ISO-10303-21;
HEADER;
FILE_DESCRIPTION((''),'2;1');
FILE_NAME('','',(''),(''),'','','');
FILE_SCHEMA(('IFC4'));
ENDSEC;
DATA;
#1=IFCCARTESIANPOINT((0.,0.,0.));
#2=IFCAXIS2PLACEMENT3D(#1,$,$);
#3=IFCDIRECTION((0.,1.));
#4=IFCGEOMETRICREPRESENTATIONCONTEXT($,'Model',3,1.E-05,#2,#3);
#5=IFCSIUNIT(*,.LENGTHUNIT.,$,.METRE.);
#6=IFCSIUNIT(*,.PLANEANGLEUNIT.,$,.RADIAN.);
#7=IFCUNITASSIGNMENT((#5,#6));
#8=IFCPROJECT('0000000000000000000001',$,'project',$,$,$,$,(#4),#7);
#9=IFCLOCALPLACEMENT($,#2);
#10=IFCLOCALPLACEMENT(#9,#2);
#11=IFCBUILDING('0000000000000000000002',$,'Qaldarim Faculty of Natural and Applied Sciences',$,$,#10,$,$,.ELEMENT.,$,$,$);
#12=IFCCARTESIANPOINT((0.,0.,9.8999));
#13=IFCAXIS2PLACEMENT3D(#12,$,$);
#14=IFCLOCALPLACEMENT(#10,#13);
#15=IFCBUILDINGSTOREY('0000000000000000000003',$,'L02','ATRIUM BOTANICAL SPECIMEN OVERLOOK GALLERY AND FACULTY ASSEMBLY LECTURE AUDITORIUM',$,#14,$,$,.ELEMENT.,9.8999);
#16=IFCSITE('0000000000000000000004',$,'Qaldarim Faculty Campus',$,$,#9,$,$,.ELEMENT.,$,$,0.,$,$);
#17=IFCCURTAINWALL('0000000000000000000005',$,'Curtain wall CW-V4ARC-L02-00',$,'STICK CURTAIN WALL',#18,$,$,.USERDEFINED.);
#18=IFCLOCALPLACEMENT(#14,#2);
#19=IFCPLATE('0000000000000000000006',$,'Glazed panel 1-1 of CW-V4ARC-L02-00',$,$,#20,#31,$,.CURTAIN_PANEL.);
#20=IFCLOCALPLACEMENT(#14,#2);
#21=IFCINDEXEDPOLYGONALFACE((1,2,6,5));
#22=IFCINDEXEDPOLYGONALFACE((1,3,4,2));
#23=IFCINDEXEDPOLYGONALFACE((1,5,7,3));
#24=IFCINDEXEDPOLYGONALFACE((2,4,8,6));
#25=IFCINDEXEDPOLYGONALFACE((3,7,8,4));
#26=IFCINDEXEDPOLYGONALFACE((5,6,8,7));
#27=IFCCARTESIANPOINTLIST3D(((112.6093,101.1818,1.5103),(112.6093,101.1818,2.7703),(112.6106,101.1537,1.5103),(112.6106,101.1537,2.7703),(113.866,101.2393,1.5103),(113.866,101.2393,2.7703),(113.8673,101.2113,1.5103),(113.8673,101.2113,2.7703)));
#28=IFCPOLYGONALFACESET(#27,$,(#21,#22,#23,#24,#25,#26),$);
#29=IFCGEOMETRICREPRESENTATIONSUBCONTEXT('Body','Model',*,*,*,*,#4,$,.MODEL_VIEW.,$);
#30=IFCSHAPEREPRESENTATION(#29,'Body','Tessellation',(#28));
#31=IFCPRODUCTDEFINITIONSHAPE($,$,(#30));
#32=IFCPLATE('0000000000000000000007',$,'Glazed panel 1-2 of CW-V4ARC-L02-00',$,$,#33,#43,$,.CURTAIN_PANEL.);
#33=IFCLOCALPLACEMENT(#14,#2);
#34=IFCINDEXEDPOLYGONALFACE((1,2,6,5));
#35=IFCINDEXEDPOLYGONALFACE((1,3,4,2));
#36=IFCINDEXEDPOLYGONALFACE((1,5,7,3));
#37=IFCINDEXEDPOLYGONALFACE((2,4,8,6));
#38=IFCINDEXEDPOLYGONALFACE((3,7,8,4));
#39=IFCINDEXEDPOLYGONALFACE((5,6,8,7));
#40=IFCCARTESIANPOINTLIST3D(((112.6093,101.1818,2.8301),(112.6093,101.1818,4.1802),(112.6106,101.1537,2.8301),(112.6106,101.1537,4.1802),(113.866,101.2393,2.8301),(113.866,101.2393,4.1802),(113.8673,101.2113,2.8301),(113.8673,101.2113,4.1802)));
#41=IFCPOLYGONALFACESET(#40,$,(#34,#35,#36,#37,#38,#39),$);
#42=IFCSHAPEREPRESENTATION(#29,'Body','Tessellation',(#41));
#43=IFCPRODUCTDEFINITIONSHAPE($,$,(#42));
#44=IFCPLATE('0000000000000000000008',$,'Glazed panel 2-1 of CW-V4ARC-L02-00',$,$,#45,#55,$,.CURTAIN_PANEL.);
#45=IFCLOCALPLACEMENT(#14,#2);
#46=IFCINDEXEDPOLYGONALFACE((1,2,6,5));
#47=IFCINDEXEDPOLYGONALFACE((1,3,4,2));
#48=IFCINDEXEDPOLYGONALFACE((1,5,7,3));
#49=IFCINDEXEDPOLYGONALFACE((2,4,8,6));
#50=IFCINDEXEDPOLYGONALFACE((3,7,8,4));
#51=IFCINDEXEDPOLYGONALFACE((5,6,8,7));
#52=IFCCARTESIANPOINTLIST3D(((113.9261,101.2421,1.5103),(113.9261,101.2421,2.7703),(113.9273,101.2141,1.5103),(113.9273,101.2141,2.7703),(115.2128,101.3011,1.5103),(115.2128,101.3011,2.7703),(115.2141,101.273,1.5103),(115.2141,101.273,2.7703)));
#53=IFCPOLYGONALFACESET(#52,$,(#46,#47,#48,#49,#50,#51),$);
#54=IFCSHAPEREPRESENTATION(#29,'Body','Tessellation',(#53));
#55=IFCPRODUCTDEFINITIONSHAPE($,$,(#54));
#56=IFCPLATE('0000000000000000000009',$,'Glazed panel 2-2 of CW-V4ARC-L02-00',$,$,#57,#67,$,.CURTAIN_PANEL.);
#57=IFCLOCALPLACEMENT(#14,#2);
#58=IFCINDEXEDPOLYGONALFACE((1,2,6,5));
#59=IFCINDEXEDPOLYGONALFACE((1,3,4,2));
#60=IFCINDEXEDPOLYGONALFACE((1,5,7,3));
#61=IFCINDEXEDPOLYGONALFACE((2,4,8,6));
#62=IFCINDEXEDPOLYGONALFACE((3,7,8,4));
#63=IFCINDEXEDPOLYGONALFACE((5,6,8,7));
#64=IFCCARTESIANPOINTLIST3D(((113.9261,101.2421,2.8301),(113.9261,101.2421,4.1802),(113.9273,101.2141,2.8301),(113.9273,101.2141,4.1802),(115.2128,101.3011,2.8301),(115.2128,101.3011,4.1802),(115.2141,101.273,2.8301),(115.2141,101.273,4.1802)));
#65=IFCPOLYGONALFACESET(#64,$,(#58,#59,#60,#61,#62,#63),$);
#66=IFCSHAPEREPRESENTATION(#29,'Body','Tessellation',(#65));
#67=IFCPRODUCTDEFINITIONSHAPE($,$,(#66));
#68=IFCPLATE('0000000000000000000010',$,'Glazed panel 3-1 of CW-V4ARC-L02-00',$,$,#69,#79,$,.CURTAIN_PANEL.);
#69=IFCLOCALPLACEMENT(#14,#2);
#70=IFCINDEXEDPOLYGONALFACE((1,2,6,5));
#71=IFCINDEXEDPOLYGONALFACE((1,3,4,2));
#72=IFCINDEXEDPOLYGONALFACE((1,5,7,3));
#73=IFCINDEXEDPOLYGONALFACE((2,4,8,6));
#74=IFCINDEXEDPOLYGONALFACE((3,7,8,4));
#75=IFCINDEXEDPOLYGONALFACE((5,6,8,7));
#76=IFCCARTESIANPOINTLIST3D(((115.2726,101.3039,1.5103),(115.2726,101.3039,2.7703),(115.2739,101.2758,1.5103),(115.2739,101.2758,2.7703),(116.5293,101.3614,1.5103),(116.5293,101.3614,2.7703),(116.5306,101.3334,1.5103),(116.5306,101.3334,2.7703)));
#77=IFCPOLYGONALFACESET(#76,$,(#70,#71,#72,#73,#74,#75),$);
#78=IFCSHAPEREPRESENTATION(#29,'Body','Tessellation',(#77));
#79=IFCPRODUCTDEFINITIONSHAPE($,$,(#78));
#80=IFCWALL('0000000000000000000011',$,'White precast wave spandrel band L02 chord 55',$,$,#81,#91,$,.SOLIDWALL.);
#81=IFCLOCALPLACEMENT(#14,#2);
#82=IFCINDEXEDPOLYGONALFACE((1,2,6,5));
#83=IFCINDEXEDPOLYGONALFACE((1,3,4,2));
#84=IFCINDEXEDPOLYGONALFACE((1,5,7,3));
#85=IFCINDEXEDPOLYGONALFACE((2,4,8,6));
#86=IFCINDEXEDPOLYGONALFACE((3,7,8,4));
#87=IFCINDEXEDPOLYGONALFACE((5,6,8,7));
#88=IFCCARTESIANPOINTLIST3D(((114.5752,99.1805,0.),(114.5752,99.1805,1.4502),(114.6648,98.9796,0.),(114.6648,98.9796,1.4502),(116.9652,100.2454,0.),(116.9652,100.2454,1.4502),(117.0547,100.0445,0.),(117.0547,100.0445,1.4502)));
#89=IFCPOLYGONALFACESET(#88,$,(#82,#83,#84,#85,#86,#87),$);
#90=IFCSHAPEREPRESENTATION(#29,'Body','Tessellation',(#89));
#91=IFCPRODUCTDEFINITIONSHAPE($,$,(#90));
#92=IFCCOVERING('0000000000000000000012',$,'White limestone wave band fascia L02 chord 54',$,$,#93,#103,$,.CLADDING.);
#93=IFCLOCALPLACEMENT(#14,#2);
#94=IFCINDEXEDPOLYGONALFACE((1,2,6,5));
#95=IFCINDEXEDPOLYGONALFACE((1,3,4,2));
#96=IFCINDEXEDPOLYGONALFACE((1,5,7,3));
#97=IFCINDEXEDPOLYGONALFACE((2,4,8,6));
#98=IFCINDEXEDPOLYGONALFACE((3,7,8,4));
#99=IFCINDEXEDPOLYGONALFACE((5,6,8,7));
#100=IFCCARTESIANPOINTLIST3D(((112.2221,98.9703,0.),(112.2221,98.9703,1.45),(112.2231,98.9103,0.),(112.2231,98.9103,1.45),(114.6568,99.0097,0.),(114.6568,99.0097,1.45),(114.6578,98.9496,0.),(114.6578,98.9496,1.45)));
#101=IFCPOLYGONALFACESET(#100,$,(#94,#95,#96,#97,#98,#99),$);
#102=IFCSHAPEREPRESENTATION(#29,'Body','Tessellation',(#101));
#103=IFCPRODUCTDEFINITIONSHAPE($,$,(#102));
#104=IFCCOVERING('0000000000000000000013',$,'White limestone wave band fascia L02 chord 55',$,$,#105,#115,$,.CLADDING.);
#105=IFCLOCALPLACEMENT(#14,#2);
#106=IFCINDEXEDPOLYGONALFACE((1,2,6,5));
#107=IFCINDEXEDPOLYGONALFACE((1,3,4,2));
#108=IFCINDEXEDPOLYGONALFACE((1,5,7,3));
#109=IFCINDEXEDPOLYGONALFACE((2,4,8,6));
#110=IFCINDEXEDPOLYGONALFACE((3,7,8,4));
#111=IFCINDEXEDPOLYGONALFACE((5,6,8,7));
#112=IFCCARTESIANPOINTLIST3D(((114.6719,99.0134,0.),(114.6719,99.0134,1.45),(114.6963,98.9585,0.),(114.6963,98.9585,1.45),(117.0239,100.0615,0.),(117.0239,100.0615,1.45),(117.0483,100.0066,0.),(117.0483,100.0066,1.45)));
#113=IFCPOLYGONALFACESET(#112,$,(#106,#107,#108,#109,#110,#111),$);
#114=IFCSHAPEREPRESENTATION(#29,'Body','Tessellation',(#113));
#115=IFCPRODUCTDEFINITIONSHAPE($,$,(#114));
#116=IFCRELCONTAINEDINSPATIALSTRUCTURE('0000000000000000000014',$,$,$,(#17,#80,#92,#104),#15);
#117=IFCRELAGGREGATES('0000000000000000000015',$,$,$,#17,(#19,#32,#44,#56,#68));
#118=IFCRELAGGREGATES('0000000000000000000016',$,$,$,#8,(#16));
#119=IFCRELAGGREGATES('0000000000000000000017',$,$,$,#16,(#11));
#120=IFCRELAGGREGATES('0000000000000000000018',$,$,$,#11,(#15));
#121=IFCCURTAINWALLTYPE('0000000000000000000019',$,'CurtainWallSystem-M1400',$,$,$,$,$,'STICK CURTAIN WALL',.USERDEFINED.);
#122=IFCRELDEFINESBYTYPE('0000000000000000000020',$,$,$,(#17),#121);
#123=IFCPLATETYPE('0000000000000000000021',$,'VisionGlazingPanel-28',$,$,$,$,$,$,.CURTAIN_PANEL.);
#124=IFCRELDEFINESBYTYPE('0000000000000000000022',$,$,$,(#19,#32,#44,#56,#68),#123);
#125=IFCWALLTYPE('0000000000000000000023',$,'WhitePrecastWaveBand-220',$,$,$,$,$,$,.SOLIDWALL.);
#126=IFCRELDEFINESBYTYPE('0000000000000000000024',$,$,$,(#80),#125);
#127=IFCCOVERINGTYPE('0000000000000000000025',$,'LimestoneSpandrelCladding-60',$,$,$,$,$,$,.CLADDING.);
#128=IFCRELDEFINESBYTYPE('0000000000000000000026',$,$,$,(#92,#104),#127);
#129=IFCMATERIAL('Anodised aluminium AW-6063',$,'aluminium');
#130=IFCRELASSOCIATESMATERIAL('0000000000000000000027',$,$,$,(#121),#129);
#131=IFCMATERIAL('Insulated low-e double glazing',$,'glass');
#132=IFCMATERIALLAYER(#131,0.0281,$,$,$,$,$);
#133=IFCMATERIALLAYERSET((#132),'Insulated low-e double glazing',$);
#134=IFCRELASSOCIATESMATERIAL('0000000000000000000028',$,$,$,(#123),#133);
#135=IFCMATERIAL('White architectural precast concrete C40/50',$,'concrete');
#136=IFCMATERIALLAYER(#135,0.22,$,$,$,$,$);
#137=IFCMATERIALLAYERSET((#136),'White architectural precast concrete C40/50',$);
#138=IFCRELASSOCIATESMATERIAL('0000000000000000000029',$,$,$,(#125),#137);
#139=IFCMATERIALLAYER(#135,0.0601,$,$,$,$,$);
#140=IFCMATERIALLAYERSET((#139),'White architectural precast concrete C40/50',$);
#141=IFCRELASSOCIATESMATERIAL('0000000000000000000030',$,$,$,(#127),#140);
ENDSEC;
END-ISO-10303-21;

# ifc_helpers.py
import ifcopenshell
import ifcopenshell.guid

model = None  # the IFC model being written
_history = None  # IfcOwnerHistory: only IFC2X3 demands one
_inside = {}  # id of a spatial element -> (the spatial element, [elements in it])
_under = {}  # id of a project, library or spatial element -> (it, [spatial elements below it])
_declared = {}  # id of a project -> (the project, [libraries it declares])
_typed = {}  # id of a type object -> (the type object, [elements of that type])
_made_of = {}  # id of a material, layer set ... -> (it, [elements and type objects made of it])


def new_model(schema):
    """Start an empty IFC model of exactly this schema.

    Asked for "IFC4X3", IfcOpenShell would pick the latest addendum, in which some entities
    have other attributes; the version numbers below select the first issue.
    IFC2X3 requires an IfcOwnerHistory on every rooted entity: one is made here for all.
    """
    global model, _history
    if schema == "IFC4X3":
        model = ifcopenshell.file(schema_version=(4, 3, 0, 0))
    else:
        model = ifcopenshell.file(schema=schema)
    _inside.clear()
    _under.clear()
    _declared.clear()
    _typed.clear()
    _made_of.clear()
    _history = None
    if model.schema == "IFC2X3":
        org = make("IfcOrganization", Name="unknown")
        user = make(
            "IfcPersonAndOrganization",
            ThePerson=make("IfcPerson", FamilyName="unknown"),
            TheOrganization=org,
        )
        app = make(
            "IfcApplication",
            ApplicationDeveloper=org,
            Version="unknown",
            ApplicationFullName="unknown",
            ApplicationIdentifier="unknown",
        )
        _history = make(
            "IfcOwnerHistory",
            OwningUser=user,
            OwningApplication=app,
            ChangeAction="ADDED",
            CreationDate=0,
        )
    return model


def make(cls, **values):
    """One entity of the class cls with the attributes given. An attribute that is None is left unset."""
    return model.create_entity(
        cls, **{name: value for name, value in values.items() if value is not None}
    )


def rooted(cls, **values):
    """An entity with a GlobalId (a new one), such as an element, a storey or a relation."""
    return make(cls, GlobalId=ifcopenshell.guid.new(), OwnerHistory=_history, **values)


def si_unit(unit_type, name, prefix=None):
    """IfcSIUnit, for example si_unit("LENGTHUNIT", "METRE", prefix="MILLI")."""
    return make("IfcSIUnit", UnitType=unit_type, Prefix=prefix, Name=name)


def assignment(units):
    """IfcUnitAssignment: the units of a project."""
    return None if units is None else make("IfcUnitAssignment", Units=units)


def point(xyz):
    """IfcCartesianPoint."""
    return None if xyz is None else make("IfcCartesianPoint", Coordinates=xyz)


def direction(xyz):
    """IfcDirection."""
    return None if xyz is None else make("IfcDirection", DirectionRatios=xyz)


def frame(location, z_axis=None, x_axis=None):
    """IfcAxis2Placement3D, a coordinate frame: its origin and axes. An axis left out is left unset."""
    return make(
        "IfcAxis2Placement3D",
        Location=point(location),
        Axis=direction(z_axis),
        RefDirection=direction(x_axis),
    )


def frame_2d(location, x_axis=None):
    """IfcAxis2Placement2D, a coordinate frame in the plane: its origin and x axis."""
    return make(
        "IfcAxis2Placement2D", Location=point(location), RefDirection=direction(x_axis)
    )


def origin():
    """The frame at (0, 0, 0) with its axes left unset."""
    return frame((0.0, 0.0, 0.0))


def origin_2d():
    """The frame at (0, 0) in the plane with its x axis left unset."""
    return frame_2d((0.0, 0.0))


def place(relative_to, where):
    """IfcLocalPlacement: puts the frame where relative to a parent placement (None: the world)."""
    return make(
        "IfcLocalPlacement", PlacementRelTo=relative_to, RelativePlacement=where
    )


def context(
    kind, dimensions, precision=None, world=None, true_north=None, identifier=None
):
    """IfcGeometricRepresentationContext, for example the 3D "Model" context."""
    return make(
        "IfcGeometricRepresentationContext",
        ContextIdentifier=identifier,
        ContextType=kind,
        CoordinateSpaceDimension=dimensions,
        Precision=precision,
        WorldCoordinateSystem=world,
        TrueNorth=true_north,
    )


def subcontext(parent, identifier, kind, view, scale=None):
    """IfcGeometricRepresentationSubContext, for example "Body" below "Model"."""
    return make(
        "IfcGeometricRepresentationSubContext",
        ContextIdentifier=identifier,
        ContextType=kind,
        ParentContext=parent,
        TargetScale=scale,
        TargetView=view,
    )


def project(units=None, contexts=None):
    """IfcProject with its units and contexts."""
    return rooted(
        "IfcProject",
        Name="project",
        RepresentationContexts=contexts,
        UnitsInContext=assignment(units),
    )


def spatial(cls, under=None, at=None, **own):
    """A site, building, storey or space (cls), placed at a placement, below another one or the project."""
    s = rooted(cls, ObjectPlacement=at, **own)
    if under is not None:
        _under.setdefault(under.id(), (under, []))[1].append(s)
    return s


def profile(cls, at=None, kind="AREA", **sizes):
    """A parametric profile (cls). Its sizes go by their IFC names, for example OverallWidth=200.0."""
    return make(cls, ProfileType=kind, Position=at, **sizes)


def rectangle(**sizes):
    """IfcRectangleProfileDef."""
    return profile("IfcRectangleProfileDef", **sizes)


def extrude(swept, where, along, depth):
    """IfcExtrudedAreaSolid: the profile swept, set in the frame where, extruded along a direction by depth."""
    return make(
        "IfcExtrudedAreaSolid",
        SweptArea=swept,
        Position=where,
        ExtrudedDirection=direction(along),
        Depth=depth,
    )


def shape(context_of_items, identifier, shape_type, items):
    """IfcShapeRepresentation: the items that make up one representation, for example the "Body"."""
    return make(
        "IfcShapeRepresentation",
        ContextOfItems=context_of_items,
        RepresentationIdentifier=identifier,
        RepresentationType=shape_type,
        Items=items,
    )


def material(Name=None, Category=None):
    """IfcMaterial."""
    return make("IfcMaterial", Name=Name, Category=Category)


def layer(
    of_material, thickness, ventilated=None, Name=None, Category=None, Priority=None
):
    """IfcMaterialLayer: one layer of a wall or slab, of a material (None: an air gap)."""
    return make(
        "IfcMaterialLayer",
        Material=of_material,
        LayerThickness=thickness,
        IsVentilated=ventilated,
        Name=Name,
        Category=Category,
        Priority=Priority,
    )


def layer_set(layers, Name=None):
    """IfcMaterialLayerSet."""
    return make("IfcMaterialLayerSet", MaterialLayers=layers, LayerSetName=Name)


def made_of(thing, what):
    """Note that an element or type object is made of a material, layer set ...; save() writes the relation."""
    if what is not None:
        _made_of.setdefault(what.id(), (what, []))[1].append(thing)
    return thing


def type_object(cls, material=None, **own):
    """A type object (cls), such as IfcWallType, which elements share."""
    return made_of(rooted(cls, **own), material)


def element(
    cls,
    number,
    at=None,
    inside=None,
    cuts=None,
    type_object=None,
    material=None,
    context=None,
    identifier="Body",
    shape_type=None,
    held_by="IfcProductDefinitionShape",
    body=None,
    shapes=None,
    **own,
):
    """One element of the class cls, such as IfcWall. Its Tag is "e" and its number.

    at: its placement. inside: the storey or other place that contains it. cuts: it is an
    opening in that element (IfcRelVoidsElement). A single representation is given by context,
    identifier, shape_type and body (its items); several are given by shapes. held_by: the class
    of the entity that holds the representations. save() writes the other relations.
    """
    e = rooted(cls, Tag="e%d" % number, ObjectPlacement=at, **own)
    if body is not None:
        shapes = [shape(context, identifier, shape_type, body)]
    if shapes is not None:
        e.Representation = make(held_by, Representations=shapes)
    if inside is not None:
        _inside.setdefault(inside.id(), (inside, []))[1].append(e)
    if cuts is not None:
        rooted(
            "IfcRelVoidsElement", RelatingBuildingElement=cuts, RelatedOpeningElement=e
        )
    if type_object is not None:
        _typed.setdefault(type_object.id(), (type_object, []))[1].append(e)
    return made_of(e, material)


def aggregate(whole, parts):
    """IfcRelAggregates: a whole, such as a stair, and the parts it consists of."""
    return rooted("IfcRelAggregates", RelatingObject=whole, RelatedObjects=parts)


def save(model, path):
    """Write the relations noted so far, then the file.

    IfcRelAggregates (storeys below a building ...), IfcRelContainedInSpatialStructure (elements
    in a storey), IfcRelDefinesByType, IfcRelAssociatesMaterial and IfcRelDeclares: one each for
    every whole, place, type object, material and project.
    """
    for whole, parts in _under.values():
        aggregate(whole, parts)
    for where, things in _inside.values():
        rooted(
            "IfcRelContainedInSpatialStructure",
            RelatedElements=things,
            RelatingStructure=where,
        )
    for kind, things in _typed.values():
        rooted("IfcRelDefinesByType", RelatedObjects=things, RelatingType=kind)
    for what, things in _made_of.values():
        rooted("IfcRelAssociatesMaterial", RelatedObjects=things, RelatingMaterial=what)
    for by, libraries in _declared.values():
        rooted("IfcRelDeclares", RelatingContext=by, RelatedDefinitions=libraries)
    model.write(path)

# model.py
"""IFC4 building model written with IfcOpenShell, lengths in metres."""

from ifc_helpers import new_model, si_unit, direction, frame, frame_2d, origin, origin_2d, place, context, subcontext, project, spatial, rectangle, extrude, material, layer, layer_set, type_object, element, aggregate, save


model = new_model("IFC4")

# Units and contexts
model_context = context("Model", 3, precision=1e-05, world=origin(), true_north=direction((0.0, 1.0)))
body_context = subcontext(model_context, "Body", "Model", "MODEL_VIEW")
ifc_project = project(units=[si_unit("LENGTHUNIT", "METRE"), si_unit("PLANEANGLEUNIT", "RADIAN")], contexts=[model_context])

# Site, building, storey
site_placement = place(None, origin())
site = spatial("IfcSite", under=ifc_project, at=site_placement, Name="Qaldarim Faculty Campus", CompositionType="ELEMENT", RefElevation=0.0)
building_placement = place(site_placement, origin())
building = spatial("IfcBuilding", under=site, at=building_placement, Name="Qaldarim Faculty of Natural and Applied Sciences", CompositionType="ELEMENT")
storey_placement = place(building_placement, frame((0.0, 0.0, 9.8999)))
storey = spatial("IfcBuildingStorey", under=building, at=storey_placement, Name="L02", Description="ATRIUM BOTANICAL SPECIMEN OVERLOOK GALLERY AND FACULTY ASSEMBLY LECTURE AUDITORIUM", CompositionType="ELEMENT", Elevation=9.8999)

# Curtain wall
ifc_material_1 = material(Name="Anodised aluminium AW-6063", Category="aluminium")
curtain_wall_type = type_object("IfcCurtainWallType", Name="CurtainWallSystem-M1400", ElementType="STICK CURTAIN WALL", PredefinedType="USERDEFINED", material=ifc_material_1)
curtain_wall_placement = place(storey_placement, origin())
curtain_wall = element("IfcCurtainWall", 1, at=curtain_wall_placement, inside=storey, type_object=curtain_wall_type, Name="Curtain wall CW-V4ARC-L02-00", ObjectType="STICK CURTAIN WALL", PredefinedType="USERDEFINED")

# Plates
ifc_material_2 = material(Name="Insulated low-e double glazing", Category="glass")
ifc_layer_1 = layer(ifc_material_2, 0.0281)
ifc_layer_set_1 = layer_set([ifc_layer_1], Name="Insulated low-e double glazing")
plate_type = type_object("IfcPlateType", Name="VisionGlazingPanel-28", PredefinedType="CURTAIN_PANEL", material=ifc_layer_set_1)
plate_1_placement = place(storey_placement, frame((113.2383, 101.1965, 1.5103), z_axis=(0.0, 0.0, 1.0), x_axis=(0.998953, 0.045747, 0.0)))
plate_1 = element("IfcPlate", 2, at=plate_1_placement, type_object=plate_type, Name="Glazed panel 1-1 of CW-V4ARC-L02-00", PredefinedType="CURTAIN_PANEL", context=body_context, shape_type="SweptSolid", body=[
    extrude(rectangle(XDim=1.2581, YDim=0.0281, at=origin_2d()), origin(), (0.0, 0.0, 1.0), 1.26),
])
plate_2_placement = place(storey_placement, frame((113.2383, 101.1965, 2.8301), z_axis=(0.0, 0.0, 1.0), x_axis=(0.998953, 0.045747, 0.0)))
plate_2 = element("IfcPlate", 3, at=plate_2_placement, type_object=plate_type, Name="Glazed panel 1-2 of CW-V4ARC-L02-00", PredefinedType="CURTAIN_PANEL", context=body_context, shape_type="SweptSolid", body=[
    extrude(rectangle(XDim=1.2581, YDim=0.0281, at=origin_2d()), origin(), (0.0, 0.0, 1.0), 1.3501),
])
plate_3_placement = place(storey_placement, frame((114.5701, 101.2576, 1.5103), z_axis=(0.0, 0.0, 1.0), x_axis=(0.998953, 0.045747, 0.0)))
plate_3 = element("IfcPlate", 4, at=plate_3_placement, type_object=plate_type, Name="Glazed panel 2-1 of CW-V4ARC-L02-00", PredefinedType="CURTAIN_PANEL", context=body_context, shape_type="SweptSolid", body=[
    extrude(rectangle(XDim=1.2881, YDim=0.0281, at=origin_2d()), origin(), (0.0, 0.0, 1.0), 1.26),
])
plate_4_placement = place(storey_placement, frame((114.5701, 101.2576, 2.8301), z_axis=(0.0, 0.0, 1.0), x_axis=(0.998953, 0.045747, 0.0)))
plate_4 = element("IfcPlate", 5, at=plate_4_placement, type_object=plate_type, Name="Glazed panel 2-2 of CW-V4ARC-L02-00", PredefinedType="CURTAIN_PANEL", context=body_context, shape_type="SweptSolid", body=[
    extrude(rectangle(XDim=1.2881, YDim=0.0281, at=origin_2d()), origin(), (0.0, 0.0, 1.0), 1.3501),
])
plate_5_placement = place(storey_placement, frame((115.9016, 101.3186, 1.5103), z_axis=(0.0, 0.0, 1.0), x_axis=(0.998953, 0.045747, 0.0)))
plate_5 = element("IfcPlate", 6, at=plate_5_placement, type_object=plate_type, Name="Glazed panel 3-1 of CW-V4ARC-L02-00", PredefinedType="CURTAIN_PANEL", context=body_context, shape_type="SweptSolid", body=[
    extrude(rectangle(XDim=1.2581, YDim=0.0281, at=origin_2d()), origin(), (0.0, 0.0, 1.0), 1.26),
])
aggregate(curtain_wall, [plate_1, plate_2, plate_3, plate_4, plate_5])

# Wall
ifc_material_3 = material(Name="White architectural precast concrete C40/50", Category="concrete")
ifc_layer_2 = layer(ifc_material_3, 0.22)
ifc_layer_set_2 = layer_set([ifc_layer_2], Name="White architectural precast concrete C40/50")
wall_type = type_object("IfcWallType", Name="WhitePrecastWaveBand-220", PredefinedType="SOLIDWALL", material=ifc_layer_set_2)
wall_placement = place(storey_placement, frame((114.6201, 99.0801, 0.0), z_axis=(0.0, 0.0, 1.0), x_axis=(0.913419, 0.407021, 0.0)))
element("IfcWall", 7, at=wall_placement, inside=storey, type_object=wall_type, Name="White precast wave spandrel band L02 chord 55", PredefinedType="SOLIDWALL", context=body_context, shape_type="SweptSolid", body=[
    extrude(rectangle(XDim=2.6165, YDim=0.22, at=frame_2d((1.3081, 0.0))), origin(), (0.0, 0.0, 1.0), 1.4502),
])

# Coverings
ifc_layer_3 = layer(ifc_material_3, 0.0601)
ifc_layer_set_3 = layer_set([ifc_layer_3], Name="White architectural precast concrete C40/50")
covering_type = type_object("IfcCoveringType", Name="LimestoneSpandrelCladding-60", PredefinedType="CLADDING", material=ifc_layer_set_3)
covering_1_placement = place(storey_placement, frame((113.4399, 98.96, 0.0), z_axis=(0.0, 0.0, 1.0), x_axis=(0.999869, 0.016161, 0.0)))
element("IfcCovering", 8, at=covering_1_placement, inside=storey, type_object=covering_type, Name="White limestone wave band fascia L02 chord 54", PredefinedType="CLADDING", context=body_context, shape_type="SweptSolid", body=[
    extrude(rectangle(XDim=2.4351, YDim=0.0601, at=origin_2d()), origin(), (0.0, 0.0, 1.0), 1.45),
])
covering_2_placement = place(storey_placement, frame((115.8601, 99.51, 0.0), z_axis=(0.0, 0.0, 1.0), x_axis=(0.913418, 0.407024, 0.0)))
element("IfcCovering", 9, at=covering_2_placement, inside=storey, type_object=covering_type, Name="White limestone wave band fascia L02 chord 55", PredefinedType="CLADDING", context=body_context, shape_type="SweptSolid", body=[
    extrude(rectangle(XDim=2.575, YDim=0.0601, at=origin_2d()), origin(), (0.0, 0.0, 1.0), 1.45),
])

save(model, "model.ifc")
